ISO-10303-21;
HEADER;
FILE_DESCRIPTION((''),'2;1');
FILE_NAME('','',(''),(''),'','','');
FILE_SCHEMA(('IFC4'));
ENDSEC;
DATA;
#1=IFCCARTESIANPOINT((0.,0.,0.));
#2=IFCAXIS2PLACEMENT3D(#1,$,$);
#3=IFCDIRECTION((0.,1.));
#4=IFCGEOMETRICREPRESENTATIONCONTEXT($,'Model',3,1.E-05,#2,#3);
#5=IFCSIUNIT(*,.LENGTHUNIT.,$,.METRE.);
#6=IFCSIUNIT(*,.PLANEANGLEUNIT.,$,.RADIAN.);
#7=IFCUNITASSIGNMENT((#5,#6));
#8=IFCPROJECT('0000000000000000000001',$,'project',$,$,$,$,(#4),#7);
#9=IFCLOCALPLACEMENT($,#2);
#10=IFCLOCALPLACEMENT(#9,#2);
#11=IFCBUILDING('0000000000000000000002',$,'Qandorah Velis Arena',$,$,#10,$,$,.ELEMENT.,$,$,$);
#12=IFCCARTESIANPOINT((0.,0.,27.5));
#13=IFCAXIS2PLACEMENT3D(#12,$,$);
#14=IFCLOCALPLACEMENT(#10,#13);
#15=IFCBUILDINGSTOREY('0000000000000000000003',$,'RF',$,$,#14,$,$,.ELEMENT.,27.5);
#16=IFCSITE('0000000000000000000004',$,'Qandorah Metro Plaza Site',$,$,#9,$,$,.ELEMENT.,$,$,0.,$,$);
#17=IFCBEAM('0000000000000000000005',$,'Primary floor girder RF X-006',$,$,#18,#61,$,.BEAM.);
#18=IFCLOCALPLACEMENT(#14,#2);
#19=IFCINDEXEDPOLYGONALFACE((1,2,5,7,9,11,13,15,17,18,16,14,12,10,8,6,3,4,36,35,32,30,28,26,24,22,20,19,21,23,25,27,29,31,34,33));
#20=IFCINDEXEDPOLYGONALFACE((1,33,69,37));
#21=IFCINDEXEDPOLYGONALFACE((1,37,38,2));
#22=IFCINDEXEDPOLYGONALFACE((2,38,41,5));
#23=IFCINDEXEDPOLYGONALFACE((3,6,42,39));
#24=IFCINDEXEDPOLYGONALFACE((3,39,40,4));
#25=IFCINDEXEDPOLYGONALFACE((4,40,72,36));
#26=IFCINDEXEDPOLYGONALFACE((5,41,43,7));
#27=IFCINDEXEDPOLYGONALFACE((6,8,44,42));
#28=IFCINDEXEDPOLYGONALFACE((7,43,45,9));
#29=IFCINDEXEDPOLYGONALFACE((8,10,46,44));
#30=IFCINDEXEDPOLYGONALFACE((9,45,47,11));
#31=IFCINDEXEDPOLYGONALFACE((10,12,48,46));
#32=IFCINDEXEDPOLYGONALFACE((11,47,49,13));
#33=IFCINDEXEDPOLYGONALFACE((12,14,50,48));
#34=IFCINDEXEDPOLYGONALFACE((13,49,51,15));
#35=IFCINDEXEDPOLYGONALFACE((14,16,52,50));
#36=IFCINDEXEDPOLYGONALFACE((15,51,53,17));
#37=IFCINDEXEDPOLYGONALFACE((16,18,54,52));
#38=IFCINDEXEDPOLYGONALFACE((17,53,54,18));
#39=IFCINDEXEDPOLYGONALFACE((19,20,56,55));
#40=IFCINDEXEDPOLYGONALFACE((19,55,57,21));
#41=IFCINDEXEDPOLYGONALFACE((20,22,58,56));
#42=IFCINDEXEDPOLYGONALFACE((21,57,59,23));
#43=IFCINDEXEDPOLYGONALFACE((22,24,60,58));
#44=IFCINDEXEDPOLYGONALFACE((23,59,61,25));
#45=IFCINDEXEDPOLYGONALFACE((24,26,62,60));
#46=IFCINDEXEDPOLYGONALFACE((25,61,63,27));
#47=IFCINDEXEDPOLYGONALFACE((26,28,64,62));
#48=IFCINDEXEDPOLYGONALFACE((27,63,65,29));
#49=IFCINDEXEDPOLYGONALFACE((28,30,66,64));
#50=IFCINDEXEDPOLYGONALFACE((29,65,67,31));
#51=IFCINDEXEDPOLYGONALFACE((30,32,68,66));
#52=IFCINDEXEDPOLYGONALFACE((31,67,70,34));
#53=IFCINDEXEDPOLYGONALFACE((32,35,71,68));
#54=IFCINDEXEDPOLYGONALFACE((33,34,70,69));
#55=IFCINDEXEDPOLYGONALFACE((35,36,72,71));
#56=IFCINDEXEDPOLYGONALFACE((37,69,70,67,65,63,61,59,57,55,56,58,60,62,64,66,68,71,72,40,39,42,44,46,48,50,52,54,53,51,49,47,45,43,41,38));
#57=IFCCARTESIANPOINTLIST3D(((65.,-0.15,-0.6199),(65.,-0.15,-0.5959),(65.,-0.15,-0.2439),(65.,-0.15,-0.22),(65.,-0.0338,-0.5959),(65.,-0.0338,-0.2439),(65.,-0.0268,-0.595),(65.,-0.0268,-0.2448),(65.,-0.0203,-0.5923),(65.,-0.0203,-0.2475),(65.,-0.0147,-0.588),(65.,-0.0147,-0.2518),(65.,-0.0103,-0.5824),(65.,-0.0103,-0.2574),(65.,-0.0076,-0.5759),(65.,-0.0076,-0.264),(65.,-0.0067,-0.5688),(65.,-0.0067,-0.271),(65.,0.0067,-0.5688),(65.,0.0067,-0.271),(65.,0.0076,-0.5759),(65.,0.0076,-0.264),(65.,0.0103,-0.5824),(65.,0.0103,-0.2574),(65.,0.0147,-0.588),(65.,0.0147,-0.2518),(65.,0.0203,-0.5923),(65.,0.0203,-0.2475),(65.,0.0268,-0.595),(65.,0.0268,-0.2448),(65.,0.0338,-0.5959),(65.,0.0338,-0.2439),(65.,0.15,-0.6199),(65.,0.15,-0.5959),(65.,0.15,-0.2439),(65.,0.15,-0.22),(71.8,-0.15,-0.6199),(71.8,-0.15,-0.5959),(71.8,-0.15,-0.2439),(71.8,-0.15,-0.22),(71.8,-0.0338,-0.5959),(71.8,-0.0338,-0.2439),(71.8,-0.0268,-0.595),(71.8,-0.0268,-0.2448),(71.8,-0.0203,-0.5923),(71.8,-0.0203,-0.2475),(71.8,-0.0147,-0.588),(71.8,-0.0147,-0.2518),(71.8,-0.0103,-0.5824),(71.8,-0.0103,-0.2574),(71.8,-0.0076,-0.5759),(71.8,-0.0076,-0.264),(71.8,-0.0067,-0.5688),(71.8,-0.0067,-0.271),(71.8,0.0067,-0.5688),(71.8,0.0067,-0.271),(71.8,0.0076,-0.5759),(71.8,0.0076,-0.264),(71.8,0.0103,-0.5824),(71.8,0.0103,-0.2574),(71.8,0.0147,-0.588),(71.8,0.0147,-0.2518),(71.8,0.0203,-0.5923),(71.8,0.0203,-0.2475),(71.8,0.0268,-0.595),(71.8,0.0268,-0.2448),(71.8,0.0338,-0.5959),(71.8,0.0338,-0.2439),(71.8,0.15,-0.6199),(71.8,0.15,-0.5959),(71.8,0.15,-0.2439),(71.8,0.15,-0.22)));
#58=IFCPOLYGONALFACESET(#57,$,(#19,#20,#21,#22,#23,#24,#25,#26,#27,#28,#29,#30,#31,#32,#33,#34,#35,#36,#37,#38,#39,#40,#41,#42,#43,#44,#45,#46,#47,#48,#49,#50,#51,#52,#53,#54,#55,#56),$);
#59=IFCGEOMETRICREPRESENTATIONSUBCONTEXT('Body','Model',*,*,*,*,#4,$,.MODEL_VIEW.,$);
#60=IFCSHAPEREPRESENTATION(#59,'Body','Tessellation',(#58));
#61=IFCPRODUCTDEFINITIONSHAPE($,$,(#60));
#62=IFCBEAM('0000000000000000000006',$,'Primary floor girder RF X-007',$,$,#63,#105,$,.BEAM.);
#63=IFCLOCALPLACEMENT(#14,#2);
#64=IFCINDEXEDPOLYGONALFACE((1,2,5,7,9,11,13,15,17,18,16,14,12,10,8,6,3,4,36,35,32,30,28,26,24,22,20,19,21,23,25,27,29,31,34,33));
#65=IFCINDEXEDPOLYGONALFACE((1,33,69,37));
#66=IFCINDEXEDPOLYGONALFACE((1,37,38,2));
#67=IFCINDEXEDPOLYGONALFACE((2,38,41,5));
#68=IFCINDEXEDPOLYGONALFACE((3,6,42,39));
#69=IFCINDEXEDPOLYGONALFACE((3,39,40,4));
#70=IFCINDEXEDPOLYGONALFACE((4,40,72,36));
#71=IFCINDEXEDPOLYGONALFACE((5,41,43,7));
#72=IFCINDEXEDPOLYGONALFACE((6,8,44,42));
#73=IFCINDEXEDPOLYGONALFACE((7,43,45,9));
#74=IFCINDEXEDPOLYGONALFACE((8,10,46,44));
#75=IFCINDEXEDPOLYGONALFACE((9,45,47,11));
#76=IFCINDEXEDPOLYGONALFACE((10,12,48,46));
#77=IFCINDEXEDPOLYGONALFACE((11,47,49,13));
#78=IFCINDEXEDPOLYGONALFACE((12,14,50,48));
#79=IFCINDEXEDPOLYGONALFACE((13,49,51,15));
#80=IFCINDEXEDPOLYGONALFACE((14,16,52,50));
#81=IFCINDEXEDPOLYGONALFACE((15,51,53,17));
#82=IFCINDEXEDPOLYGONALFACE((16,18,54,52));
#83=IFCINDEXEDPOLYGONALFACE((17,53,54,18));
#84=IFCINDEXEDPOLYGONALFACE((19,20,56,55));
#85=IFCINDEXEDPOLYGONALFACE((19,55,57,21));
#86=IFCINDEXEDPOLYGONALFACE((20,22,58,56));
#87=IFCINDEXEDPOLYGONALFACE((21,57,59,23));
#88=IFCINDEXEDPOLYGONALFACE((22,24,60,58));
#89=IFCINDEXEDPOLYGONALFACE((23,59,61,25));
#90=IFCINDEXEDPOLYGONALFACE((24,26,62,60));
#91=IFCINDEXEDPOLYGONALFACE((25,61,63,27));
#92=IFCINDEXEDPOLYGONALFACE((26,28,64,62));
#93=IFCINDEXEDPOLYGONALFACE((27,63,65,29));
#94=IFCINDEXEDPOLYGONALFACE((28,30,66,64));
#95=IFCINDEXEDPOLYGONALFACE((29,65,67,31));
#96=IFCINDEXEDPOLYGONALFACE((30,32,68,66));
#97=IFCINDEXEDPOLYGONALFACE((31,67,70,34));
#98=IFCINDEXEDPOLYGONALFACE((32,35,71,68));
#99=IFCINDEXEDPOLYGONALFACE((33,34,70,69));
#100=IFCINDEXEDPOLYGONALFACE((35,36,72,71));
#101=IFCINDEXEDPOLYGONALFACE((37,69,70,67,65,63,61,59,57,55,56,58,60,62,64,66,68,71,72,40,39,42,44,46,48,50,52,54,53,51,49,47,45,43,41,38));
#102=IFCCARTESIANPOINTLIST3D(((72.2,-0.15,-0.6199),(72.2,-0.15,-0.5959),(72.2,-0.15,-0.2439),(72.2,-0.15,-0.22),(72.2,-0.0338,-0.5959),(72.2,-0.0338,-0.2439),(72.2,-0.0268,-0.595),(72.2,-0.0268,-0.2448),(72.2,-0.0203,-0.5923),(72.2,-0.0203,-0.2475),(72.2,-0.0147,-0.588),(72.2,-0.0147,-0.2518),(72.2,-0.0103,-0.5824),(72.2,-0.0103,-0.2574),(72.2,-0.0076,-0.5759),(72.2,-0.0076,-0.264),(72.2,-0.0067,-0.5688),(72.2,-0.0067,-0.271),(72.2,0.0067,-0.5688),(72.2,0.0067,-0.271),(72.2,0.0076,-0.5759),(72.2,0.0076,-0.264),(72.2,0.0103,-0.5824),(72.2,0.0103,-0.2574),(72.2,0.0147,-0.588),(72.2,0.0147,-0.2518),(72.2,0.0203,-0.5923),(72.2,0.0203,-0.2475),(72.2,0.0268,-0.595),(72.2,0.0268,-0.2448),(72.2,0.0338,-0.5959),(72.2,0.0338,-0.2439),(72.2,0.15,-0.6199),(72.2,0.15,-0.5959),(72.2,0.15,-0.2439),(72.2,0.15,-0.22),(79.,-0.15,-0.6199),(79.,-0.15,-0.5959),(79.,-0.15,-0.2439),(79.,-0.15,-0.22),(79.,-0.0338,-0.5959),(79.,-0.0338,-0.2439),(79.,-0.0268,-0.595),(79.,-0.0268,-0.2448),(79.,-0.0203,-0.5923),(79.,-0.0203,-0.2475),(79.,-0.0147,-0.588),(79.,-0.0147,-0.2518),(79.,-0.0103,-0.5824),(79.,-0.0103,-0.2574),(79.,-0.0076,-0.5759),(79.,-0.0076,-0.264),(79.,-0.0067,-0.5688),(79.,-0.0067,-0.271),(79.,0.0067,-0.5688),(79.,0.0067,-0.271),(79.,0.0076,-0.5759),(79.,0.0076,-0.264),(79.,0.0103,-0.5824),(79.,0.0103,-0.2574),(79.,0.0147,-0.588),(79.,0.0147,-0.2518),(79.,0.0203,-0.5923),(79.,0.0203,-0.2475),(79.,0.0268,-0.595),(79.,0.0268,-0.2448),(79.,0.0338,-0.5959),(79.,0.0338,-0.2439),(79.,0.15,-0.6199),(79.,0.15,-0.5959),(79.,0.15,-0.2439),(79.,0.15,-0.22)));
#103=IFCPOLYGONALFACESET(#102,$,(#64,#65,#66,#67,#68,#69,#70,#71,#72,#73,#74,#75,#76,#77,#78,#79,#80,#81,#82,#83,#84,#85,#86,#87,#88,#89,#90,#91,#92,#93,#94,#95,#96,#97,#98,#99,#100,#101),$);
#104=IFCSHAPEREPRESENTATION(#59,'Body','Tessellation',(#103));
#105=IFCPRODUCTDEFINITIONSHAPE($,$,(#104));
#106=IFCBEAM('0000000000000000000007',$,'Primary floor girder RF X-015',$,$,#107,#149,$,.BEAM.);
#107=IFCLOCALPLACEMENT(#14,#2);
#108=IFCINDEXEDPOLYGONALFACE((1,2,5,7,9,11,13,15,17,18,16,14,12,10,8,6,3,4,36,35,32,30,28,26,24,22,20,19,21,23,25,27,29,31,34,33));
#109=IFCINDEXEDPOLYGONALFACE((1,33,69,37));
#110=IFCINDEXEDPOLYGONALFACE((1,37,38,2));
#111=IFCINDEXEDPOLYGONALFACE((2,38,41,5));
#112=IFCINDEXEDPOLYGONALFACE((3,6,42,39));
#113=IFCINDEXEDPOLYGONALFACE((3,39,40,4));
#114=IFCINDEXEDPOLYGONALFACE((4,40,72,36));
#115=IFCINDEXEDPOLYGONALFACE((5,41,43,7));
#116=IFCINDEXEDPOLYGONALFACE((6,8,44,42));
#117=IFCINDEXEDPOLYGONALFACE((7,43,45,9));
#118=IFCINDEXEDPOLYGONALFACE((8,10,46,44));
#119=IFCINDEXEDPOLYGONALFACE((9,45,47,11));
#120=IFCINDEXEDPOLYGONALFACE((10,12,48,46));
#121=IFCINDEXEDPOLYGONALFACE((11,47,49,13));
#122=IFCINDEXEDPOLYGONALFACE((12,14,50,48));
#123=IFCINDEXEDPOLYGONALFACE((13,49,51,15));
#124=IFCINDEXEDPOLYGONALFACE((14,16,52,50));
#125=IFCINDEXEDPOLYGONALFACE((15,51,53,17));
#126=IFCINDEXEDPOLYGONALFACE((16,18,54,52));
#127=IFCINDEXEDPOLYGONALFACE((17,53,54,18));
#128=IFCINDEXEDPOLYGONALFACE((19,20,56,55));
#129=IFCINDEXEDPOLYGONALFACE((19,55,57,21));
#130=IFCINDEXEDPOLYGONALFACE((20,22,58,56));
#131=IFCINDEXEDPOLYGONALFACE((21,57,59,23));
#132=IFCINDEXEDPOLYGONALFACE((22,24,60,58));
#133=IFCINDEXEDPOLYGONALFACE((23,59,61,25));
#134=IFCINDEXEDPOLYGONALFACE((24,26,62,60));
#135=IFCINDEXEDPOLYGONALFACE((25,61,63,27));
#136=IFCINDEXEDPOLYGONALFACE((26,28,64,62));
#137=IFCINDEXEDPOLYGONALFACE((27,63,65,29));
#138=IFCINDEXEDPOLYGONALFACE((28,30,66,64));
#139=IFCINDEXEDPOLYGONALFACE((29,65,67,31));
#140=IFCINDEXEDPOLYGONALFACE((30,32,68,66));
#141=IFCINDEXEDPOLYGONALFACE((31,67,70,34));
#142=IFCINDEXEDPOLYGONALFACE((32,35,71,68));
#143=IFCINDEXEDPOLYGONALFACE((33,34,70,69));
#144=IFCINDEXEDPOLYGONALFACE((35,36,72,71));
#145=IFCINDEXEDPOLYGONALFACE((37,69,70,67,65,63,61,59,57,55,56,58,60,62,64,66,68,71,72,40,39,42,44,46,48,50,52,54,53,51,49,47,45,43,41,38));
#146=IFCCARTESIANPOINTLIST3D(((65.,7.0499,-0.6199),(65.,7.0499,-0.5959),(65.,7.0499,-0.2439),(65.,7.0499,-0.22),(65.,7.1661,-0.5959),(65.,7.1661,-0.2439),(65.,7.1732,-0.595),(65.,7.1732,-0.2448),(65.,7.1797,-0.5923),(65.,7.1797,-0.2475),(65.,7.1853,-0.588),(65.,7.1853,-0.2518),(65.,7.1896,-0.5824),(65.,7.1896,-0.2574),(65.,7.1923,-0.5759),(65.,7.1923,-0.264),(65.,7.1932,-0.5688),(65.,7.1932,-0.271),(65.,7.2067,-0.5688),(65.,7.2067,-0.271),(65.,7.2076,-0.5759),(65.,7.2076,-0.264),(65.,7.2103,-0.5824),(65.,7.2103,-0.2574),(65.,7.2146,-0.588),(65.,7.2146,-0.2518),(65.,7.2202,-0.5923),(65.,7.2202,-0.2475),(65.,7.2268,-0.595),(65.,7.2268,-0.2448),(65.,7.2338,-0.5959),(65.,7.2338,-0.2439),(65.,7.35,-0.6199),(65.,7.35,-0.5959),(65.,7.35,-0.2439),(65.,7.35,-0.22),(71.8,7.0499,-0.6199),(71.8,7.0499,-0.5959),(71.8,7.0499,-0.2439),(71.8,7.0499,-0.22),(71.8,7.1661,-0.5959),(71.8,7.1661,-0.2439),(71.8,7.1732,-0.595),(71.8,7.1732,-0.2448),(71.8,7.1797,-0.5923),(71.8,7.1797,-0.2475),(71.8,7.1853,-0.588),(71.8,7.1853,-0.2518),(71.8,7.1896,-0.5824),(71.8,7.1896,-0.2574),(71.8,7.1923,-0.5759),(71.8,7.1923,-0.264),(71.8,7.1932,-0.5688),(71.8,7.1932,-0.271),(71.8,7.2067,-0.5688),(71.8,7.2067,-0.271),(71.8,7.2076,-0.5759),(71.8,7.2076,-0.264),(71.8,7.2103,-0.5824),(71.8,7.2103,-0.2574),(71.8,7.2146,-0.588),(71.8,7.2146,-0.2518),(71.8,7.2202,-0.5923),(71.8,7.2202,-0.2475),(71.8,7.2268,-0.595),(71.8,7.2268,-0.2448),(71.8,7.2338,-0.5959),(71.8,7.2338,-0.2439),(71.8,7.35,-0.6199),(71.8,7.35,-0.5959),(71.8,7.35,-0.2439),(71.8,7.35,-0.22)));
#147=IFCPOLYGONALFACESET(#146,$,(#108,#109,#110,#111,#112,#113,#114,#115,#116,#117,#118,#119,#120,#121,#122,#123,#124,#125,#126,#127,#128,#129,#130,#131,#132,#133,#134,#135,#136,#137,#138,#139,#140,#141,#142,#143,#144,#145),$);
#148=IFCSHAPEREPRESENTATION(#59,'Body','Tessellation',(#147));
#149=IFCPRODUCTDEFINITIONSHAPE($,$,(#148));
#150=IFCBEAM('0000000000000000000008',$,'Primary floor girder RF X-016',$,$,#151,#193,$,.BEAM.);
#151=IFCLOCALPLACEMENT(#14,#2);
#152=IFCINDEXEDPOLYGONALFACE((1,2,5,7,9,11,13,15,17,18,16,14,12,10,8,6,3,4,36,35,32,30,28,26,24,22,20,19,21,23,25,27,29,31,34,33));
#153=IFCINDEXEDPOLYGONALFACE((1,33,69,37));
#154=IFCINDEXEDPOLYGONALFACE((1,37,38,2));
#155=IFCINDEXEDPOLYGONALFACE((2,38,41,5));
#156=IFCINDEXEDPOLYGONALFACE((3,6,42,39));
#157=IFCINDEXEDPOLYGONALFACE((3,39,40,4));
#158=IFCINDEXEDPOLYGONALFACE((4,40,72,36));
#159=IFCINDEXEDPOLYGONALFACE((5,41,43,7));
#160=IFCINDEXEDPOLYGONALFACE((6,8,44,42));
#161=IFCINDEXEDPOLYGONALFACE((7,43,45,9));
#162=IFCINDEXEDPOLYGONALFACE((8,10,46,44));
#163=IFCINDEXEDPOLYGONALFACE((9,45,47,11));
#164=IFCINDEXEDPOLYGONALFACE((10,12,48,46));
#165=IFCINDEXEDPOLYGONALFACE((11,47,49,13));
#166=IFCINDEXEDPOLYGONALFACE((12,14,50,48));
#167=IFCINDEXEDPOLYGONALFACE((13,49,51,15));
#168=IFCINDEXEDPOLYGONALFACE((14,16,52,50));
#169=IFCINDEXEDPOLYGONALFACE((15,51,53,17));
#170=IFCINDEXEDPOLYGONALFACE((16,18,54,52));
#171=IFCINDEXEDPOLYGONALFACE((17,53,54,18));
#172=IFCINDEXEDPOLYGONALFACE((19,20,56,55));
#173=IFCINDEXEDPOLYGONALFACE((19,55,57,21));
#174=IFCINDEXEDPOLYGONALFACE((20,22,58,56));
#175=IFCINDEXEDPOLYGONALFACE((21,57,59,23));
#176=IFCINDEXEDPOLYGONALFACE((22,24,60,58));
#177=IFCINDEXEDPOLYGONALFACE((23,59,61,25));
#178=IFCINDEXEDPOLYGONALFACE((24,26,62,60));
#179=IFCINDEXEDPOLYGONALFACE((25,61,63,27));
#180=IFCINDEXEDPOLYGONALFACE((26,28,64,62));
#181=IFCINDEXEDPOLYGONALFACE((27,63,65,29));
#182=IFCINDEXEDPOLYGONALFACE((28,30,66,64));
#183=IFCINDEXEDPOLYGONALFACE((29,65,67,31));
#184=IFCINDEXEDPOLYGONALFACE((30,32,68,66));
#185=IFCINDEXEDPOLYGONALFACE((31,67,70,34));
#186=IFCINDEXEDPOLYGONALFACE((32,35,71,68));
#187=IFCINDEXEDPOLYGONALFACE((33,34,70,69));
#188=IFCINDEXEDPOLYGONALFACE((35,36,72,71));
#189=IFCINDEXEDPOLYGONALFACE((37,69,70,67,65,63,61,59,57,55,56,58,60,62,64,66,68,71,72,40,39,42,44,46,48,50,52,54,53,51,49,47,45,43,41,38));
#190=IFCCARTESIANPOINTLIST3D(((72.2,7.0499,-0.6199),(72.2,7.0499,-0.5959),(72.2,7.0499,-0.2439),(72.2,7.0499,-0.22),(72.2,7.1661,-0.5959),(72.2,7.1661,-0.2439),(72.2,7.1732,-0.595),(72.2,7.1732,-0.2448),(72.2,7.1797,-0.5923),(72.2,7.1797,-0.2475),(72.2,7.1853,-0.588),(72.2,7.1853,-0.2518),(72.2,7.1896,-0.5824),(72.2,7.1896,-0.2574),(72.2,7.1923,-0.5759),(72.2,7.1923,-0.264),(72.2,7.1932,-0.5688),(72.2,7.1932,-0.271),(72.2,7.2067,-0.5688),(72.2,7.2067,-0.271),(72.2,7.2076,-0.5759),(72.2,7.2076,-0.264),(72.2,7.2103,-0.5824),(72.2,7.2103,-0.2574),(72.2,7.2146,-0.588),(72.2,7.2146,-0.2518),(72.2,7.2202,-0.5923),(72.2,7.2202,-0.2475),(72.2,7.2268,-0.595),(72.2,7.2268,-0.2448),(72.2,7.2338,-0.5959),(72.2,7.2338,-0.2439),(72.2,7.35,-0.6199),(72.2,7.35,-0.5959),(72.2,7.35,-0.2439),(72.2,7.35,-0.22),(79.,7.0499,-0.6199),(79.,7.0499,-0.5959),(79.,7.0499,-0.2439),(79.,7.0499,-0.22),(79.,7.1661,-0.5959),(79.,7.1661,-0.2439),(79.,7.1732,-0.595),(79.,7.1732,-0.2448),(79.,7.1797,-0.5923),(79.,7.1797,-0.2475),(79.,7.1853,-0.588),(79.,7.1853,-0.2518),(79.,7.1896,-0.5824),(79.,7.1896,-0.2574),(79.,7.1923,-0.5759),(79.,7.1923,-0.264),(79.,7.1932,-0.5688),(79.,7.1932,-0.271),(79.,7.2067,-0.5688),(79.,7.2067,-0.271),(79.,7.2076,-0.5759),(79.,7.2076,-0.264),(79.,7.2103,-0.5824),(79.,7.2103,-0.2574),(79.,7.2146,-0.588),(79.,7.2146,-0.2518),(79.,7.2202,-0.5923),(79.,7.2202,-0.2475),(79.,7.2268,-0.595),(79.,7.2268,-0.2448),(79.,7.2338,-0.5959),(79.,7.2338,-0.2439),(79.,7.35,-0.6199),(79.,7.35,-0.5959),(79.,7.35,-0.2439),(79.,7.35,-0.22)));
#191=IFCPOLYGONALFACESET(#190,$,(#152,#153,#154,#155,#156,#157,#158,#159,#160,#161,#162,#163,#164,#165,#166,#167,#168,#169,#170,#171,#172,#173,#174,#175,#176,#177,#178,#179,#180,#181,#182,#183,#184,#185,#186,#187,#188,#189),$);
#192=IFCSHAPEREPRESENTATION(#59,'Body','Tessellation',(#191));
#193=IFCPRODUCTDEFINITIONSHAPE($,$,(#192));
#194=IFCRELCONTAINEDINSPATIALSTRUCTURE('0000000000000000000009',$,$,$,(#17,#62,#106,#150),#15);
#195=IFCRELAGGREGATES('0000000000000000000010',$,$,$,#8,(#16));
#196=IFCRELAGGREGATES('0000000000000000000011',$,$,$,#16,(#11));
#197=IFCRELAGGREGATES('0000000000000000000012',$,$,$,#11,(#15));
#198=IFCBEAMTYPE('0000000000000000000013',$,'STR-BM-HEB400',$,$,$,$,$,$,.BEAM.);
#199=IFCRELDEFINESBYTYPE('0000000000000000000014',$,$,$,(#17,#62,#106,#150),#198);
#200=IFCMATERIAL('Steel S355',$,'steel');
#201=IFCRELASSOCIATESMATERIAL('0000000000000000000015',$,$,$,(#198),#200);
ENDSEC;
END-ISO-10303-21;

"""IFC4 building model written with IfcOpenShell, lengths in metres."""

from ifc_helpers import new_model, si_unit, direction, frame, origin, origin_2d, place, context, subcontext, project, spatial, i_section, extrude, material, material_profile, profile_set, type_object, element, save


model = new_model("IFC4")

# Units and contexts
model_context = context("Model", 3, precision=1e-05, world=origin(), true_north=direction((0.0, 1.0)))
body_context = subcontext(model_context, "Body", "Model", "MODEL_VIEW")
ifc_project = project(units=[si_unit("LENGTHUNIT", "METRE"), si_unit("PLANEANGLEUNIT", "RADIAN")], contexts=[model_context])

# Site, building, storey
site_placement = place(None, origin())
site = spatial("IfcSite", under=ifc_project, at=site_placement, Name="Qandorah Metro Plaza Site", CompositionType="ELEMENT", RefElevation=0.0)
building_placement = place(site_placement, origin())
building = spatial("IfcBuilding", under=site, at=building_placement, Name="Qandorah Velis Arena", CompositionType="ELEMENT")
storey_placement = place(building_placement, frame((0.0, 0.0, 27.5)))
storey = spatial("IfcBuildingStorey", under=building, at=storey_placement, Name="RF", CompositionType="ELEMENT", Elevation=27.5)

# Beams
ifc_material_1 = material(Name="Steel S355", Category="steel")
ifc_material_profile_1 = material_profile(ifc_material_1, i_section(OverallWidth=0.3, OverallDepth=0.3999, WebThickness=0.0134, FlangeThickness=0.0239, FilletRadius=0.0271, at=origin_2d()), Name="HEB 400")
ifc_profile_set_1 = profile_set([ifc_material_profile_1], Name="Steel S355")
beam_type_1 = type_object("IfcBeamType", Name="STR-BM-HEB400", PredefinedType="BEAM", material=ifc_profile_set_1)
for number, where, z_axis, x_axis, name in (
    (1, (65.0, 0.0, -0.4199), (1.0, 0.0, 0.0), (0.0, 1.0, 0.0), "Primary floor girder RF X-006"),
    (2, (72.2, 0.0, -0.4199), (1.0, 0.0, 0.0), (0.0, 1.0, 0.0), "Primary floor girder RF X-007"),
    (3, (65.0, 7.2, -0.4199), (1.0, 0.0, 0.0), (0.0, 1.0, 0.0), "Primary floor girder RF X-015"),
    (4, (72.2, 7.2, -0.4199), (1.0, 0.0, 0.0), (0.0, 1.0, 0.0), "Primary floor girder RF X-016"),
):
    element("IfcBeam", number, at=place(storey_placement, frame(where, z_axis=z_axis, x_axis=x_axis)), inside=storey, type_object=beam_type_1, Name=name, PredefinedType="BEAM", context=body_context, shape_type="SweptSolid", body=[
        extrude(i_section(OverallWidth=0.3, OverallDepth=0.3999, WebThickness=0.0134, FlangeThickness=0.0239, FilletRadius=0.0271, at=origin_2d()), origin(), (0.0, 0.0, 1.0), 6.8),
    ])

save(model, "model.ifc")
